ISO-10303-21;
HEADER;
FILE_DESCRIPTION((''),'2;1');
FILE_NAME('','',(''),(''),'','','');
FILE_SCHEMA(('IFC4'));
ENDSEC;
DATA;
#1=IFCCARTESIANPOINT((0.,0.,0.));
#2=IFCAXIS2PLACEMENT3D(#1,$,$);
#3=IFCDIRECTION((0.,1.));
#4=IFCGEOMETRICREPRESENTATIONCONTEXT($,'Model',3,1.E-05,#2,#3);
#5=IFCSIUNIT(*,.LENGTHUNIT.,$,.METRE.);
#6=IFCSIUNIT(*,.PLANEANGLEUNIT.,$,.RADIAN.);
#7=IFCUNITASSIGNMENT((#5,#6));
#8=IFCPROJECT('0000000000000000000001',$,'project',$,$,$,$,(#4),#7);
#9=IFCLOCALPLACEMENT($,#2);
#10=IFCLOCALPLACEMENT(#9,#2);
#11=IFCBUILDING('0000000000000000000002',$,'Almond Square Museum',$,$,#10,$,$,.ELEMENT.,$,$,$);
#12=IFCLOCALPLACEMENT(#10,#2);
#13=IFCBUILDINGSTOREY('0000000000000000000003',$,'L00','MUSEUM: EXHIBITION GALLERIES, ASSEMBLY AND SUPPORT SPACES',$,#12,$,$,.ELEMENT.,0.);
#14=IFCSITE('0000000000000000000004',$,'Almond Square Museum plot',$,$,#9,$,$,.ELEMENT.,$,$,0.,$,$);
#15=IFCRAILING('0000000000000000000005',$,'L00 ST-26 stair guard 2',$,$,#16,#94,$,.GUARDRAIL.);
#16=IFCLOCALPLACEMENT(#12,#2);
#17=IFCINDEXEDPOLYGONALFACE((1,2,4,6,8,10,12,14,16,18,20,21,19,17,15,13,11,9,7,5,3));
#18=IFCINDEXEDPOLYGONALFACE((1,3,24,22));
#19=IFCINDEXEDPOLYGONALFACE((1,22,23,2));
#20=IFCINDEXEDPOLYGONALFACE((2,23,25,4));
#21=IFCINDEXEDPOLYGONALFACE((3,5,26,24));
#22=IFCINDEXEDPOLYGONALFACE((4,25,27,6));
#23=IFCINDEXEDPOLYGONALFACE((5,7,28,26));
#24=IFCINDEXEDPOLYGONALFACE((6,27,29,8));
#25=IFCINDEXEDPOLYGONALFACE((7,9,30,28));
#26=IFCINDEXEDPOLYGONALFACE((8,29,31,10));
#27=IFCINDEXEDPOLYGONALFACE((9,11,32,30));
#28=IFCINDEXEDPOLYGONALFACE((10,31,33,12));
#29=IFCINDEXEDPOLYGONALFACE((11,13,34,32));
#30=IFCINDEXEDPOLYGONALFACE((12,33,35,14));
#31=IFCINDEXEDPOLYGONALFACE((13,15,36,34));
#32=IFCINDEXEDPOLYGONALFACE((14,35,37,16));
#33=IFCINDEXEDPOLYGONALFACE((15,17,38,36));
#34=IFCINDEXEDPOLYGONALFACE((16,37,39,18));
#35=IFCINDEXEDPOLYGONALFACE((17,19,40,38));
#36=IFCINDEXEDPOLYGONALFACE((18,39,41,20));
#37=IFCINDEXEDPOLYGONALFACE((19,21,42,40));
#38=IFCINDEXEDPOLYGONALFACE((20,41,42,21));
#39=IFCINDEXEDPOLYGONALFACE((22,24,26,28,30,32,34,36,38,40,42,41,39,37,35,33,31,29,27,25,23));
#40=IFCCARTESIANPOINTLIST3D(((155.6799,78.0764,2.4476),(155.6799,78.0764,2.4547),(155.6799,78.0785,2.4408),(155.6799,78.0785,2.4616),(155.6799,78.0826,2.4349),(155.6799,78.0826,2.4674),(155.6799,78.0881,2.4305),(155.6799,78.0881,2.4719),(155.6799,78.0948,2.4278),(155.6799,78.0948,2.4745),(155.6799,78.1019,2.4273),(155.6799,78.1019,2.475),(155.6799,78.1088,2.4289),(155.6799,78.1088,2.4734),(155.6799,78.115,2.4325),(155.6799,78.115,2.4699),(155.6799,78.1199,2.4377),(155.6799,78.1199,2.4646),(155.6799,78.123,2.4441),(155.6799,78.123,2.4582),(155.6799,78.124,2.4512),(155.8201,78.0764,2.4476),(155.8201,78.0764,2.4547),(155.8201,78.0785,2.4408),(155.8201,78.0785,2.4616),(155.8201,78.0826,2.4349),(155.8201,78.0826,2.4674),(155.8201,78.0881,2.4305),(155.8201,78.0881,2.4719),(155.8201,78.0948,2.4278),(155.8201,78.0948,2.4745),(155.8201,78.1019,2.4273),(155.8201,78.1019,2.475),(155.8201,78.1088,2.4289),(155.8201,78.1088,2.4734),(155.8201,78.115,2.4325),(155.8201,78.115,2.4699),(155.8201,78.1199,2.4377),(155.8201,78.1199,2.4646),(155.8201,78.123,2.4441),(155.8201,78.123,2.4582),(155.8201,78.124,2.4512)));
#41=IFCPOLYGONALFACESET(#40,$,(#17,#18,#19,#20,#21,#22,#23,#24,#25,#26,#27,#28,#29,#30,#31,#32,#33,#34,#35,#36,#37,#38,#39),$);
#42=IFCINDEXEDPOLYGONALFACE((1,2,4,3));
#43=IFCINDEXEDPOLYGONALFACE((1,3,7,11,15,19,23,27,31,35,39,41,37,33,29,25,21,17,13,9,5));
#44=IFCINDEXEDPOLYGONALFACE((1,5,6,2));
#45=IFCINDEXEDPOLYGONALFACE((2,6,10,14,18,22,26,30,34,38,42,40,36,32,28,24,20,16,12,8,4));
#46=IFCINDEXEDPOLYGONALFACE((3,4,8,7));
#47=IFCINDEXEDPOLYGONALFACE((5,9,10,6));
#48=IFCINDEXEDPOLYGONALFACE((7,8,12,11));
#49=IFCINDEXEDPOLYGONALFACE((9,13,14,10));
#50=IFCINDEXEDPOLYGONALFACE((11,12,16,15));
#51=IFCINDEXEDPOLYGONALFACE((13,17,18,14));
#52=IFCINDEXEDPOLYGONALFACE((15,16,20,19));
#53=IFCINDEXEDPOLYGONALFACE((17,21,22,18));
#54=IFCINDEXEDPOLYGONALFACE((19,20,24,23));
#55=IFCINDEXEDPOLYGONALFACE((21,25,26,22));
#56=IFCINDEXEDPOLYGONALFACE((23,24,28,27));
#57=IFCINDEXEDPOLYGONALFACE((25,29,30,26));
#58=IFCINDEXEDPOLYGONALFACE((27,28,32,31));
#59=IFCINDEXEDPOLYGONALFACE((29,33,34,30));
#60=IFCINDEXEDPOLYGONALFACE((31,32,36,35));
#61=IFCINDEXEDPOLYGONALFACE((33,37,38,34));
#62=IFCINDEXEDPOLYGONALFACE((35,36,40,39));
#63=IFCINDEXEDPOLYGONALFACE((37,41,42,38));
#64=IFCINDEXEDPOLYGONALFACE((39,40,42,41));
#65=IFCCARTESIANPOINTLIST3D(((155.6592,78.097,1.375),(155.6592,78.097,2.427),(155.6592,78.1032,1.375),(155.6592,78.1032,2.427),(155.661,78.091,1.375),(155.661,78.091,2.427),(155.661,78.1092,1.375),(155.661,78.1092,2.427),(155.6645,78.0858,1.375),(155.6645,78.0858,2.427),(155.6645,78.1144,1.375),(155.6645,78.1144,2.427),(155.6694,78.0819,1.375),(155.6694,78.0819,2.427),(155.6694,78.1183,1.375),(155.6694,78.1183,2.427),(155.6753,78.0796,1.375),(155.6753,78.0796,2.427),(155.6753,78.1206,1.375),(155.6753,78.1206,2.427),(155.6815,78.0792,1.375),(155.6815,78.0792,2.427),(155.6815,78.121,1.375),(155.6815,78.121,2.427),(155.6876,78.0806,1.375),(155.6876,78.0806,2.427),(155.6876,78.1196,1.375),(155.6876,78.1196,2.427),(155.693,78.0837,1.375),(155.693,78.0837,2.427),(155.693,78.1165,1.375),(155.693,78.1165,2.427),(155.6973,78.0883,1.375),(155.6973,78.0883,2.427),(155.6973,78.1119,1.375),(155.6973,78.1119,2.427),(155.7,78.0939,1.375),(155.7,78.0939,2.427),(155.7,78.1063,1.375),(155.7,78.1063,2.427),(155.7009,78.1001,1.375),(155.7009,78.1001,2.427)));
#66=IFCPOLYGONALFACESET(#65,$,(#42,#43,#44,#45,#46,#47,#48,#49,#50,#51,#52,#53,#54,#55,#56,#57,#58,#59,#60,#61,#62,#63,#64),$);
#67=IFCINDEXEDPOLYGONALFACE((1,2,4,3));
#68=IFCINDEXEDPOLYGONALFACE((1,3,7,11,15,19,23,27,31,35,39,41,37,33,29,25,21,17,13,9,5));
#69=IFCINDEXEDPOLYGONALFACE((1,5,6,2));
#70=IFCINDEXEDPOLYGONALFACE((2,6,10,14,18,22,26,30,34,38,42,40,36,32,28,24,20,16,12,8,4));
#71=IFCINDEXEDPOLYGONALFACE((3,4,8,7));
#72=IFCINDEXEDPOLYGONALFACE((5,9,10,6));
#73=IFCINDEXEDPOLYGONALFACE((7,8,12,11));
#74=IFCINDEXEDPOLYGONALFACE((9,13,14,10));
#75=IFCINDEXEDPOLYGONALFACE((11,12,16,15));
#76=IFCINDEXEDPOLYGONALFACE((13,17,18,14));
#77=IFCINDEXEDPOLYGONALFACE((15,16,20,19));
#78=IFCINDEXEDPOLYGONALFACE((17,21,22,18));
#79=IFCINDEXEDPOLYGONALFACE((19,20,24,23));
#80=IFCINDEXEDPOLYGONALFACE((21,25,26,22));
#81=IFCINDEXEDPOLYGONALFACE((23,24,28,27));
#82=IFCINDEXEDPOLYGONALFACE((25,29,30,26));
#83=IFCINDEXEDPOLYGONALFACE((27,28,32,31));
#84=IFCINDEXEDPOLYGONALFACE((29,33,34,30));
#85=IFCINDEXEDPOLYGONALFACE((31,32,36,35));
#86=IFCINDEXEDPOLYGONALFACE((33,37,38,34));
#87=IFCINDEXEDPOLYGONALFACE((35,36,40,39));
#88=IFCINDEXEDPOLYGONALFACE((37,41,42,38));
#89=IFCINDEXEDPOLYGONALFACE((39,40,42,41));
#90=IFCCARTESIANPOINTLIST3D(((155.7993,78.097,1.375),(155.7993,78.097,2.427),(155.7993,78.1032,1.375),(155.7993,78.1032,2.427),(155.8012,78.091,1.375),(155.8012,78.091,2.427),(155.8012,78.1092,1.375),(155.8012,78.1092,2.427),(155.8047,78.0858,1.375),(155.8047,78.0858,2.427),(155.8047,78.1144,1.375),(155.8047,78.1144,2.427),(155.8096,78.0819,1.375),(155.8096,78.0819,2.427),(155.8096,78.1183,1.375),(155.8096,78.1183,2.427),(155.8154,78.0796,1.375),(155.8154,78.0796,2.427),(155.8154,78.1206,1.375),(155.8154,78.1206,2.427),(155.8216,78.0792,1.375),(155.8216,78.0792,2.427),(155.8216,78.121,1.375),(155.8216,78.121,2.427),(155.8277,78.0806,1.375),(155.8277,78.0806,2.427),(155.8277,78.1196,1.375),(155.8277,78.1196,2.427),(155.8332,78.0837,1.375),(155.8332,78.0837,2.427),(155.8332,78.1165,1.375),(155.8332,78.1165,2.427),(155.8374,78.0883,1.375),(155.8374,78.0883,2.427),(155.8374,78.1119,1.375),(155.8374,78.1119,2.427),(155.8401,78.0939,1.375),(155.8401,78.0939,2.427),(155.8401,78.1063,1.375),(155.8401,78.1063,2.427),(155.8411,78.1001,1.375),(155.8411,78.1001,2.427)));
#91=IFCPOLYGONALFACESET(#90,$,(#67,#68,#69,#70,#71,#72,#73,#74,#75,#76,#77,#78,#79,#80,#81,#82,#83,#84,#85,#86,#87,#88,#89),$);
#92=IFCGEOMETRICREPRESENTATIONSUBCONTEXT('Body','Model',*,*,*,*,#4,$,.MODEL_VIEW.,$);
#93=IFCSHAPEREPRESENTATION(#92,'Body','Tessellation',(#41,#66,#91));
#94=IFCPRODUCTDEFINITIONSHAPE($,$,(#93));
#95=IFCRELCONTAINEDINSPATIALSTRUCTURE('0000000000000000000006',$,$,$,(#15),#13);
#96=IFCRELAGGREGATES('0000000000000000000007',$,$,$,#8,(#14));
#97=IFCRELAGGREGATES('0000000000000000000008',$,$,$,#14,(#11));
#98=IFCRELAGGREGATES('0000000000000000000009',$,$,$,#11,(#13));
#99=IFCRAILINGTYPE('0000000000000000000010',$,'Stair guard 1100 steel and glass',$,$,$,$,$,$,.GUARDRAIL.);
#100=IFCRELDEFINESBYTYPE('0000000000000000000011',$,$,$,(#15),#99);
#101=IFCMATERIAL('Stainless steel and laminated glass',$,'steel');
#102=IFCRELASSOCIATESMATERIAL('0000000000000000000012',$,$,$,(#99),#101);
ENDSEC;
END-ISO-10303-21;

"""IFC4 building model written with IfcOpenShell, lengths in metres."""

from ifc_helpers import new_model, si_unit, direction, frame, origin, origin_2d, place, context, subcontext, project, spatial, circle, extrude, material, type_object, element, save


model = new_model("IFC4")

# Units and contexts
model_context = context("Model", 3, precision=1e-05, world=origin(), true_north=direction((0.0, 1.0)))
body_context = subcontext(model_context, "Body", "Model", "MODEL_VIEW")
ifc_project = project(units=[si_unit("LENGTHUNIT", "METRE"), si_unit("PLANEANGLEUNIT", "RADIAN")], contexts=[model_context])

# Site, building, storey
site_placement = place(None, origin())
site = spatial("IfcSite", under=ifc_project, at=site_placement, Name="Almond Square Museum plot", CompositionType="ELEMENT", RefElevation=0.0)
building_placement = place(site_placement, origin())
building = spatial("IfcBuilding", under=site, at=building_placement, Name="Almond Square Museum", CompositionType="ELEMENT")
storey_placement = place(building_placement, origin())
storey = spatial("IfcBuildingStorey", under=building, at=storey_placement, Name="L00", Description="MUSEUM: EXHIBITION GALLERIES, ASSEMBLY AND SUPPORT SPACES", CompositionType="ELEMENT", Elevation=0.0)

# Railing
ifc_material_1 = material(Name="Stainless steel and laminated glass", Category="steel")
railing_type_1 = type_object("IfcRailingType", Name="Stair guard 1100 steel and glass", PredefinedType="GUARDRAIL", material=ifc_material_1)
railing_1_placement = place(storey_placement, frame((155.6799, 78.1001, 1.375)))
element("IfcRailing", 1, at=railing_1_placement, inside=storey, type_object=railing_type_1, Name="L00 ST-26 stair guard 2", PredefinedType="GUARDRAIL", context=body_context, shape_type="SweptSolid", body=[
    extrude(circle(Radius=0.0239, at=origin_2d()), frame((0.0, 0.0, 1.0762), z_axis=(1.0, 0.0, 0.0), x_axis=(0.0, 1.0, 0.0)), (0.0, 0.0, 1.0), 0.1401),
    extrude(circle(Radius=0.021, at=origin_2d()), origin(), (0.0, 0.0, 1.0), 1.052),
    extrude(circle(Radius=0.021, at=origin_2d()), frame((0.1401, 0.0, 0.0)), (0.0, 0.0, 1.0), 1.052),
])

save(model, "model.ifc")
